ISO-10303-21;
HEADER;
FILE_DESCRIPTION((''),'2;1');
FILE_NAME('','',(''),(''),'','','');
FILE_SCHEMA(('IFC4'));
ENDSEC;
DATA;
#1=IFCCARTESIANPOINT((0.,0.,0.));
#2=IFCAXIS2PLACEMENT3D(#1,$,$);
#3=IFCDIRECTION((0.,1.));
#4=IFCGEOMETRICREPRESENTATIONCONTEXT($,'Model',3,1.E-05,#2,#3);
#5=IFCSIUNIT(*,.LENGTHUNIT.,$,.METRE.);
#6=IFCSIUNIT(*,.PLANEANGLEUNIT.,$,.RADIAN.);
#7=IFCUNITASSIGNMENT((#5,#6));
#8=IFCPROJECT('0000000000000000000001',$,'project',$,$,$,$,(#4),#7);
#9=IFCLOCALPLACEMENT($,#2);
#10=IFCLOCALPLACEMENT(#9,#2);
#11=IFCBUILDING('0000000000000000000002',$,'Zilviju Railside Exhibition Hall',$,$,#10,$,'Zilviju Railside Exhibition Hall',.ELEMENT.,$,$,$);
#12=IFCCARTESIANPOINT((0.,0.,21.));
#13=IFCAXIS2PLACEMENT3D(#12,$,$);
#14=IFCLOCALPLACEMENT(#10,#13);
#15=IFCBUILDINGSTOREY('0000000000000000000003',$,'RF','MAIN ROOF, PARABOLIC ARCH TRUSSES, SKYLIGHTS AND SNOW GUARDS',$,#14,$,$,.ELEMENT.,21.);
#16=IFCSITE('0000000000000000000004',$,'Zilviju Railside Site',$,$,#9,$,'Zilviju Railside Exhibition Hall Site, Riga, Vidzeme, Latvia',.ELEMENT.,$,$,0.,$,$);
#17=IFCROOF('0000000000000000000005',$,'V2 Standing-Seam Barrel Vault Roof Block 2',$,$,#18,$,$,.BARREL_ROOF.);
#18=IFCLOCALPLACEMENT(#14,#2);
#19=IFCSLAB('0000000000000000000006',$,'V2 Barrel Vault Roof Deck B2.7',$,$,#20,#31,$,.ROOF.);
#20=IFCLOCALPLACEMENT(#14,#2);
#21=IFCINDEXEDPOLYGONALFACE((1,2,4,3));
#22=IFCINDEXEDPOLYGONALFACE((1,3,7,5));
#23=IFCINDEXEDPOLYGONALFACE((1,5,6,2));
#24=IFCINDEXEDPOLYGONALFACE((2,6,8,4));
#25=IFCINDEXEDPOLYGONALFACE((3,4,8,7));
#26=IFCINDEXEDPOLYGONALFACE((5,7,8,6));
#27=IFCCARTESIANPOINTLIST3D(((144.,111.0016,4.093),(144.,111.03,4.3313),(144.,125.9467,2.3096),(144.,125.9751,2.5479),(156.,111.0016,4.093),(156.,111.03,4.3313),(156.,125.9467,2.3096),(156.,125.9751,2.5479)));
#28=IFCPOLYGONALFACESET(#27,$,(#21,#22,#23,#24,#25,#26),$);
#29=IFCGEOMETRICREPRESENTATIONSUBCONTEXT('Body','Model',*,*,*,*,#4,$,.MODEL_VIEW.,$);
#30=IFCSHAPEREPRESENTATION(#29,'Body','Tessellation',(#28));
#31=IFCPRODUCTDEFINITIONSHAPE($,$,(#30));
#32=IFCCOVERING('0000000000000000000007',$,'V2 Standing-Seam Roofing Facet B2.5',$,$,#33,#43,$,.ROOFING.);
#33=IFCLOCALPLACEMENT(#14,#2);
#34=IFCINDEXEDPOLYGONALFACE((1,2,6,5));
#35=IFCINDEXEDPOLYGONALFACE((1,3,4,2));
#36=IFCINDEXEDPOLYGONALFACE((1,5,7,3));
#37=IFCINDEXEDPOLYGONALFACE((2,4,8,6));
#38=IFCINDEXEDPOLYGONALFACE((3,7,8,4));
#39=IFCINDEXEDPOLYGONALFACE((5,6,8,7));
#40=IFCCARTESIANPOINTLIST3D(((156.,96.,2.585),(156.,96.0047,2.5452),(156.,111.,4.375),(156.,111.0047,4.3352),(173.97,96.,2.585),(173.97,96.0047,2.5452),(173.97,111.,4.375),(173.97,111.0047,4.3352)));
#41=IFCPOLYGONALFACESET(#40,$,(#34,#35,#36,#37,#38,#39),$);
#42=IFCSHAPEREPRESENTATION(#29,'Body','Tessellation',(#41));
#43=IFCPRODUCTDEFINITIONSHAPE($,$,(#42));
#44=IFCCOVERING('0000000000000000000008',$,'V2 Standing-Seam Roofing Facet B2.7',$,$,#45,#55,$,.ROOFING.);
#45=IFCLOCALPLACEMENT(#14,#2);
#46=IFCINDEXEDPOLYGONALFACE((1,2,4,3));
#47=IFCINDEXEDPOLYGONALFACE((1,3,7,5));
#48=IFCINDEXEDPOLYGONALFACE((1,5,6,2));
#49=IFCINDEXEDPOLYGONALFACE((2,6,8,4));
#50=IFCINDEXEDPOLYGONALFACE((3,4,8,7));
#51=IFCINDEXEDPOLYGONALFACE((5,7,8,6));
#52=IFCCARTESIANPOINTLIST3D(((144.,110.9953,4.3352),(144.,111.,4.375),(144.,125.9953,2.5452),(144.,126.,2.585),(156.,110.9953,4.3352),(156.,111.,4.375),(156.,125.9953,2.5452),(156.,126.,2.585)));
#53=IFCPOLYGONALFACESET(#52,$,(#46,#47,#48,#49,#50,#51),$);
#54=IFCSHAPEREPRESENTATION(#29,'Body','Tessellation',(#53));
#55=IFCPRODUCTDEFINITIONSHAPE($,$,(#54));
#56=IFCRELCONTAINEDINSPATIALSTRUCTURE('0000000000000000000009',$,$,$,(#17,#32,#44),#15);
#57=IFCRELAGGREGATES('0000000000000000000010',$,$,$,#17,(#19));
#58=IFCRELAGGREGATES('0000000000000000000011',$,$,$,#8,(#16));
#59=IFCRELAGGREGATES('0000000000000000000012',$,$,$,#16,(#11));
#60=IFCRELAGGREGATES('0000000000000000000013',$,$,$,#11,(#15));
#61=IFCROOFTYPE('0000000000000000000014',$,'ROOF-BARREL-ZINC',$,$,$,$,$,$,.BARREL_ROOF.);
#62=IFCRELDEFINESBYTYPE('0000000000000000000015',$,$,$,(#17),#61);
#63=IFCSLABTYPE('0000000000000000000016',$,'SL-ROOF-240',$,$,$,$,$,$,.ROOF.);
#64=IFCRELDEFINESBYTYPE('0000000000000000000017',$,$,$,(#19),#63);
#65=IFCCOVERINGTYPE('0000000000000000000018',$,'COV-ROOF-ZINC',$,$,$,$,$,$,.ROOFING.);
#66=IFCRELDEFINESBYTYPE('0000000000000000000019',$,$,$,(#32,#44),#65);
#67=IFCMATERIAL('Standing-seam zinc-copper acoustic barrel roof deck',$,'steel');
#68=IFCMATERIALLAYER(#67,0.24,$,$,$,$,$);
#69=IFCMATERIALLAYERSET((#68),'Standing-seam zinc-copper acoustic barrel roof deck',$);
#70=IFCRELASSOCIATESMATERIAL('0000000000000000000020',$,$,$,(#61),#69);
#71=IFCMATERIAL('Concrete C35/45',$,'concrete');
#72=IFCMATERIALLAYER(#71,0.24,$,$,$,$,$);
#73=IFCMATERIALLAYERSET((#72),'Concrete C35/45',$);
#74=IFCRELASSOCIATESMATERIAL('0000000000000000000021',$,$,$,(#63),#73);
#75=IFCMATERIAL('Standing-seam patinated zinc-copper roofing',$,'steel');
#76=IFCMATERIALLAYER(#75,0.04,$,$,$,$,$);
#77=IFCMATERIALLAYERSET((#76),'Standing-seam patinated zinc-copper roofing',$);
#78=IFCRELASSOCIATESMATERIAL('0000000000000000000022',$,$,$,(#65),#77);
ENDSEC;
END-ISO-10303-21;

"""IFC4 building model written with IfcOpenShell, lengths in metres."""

from ifc_helpers import new_model, si_unit, direction, frame, origin, place, context, subcontext, project, spatial, polyline, outline, extrude, material, layer, layer_set, type_object, element, aggregate, save


model = new_model("IFC4")

# Units and contexts
model_context = context("Model", 3, precision=1e-05, world=origin(), true_north=direction((0.0, 1.0)))
body_context = subcontext(model_context, "Body", "Model", "MODEL_VIEW")
ifc_project = project(units=[si_unit("LENGTHUNIT", "METRE"), si_unit("PLANEANGLEUNIT", "RADIAN")], contexts=[model_context])

# Site, building, storey
site_placement = place(None, origin())
site = spatial("IfcSite", under=ifc_project, at=site_placement, Name="Zilviju Railside Site", LongName="Zilviju Railside Exhibition Hall Site, Riga, Vidzeme, Latvia", CompositionType="ELEMENT", RefElevation=0.0)
building_placement = place(site_placement, origin())
building = spatial("IfcBuilding", under=site, at=building_placement, Name="Zilviju Railside Exhibition Hall", LongName="Zilviju Railside Exhibition Hall", CompositionType="ELEMENT")
storey_placement = place(building_placement, frame((0.0, 0.0, 21.0)))
storey = spatial("IfcBuildingStorey", under=building, at=storey_placement, Name="RF", Description="MAIN ROOF, PARABOLIC ARCH TRUSSES, SKYLIGHTS AND SNOW GUARDS", CompositionType="ELEMENT", Elevation=21.0)

# Roof, slab
ifc_material_1 = material(Name="Standing-seam zinc-copper acoustic barrel roof deck", Category="steel")
ifc_layer_1 = layer(ifc_material_1, 0.24)
ifc_layer_set_1 = layer_set([ifc_layer_1], Name="Standing-seam zinc-copper acoustic barrel roof deck")
roof_type = type_object("IfcRoofType", Name="ROOF-BARREL-ZINC", PredefinedType="BARREL_ROOF", material=ifc_layer_set_1)
roof_placement = place(storey_placement, origin())
roof = element("IfcRoof", 1, at=roof_placement, inside=storey, type_object=roof_type, Name="V2 Standing-Seam Barrel Vault Roof Block 2", PredefinedType="BARREL_ROOF")
ifc_material_2 = material(Name="Concrete C35/45", Category="concrete")
ifc_layer_2 = layer(ifc_material_2, 0.24)
ifc_layer_set_2 = layer_set([ifc_layer_2], Name="Concrete C35/45")
slab_type = type_object("IfcSlabType", Name="SL-ROOF-240", PredefinedType="ROOF", material=ifc_layer_set_2)
slab_1_placement = place(storey_placement, frame((144.0, 111.03, 4.3313), z_axis=(0.0, 0.118493, 0.992955), x_axis=(1.0, 0.0, 0.0)))
slab_1 = element("IfcSlab", 2, at=slab_1_placement, type_object=slab_type, Name="V2 Barrel Vault Roof Deck B2.7", PredefinedType="ROOF", context=body_context, shape_type="SweptSolid", body=[
    extrude(outline(polyline([(0.0, 0.0), (12.0, 0.0), (12.0, 15.0511), (0.0, 15.0511), (0.0, 0.0)])), origin(), (0.0, 0.0, -1.0), 0.24),
])
aggregate(roof, [slab_1])

# Coverings
ifc_material_3 = material(Name="Standing-seam patinated zinc-copper roofing", Category="steel")
ifc_layer_3 = layer(ifc_material_3, 0.04)
ifc_layer_set_3 = layer_set([ifc_layer_3], Name="Standing-seam patinated zinc-copper roofing")
covering_type = type_object("IfcCoveringType", Name="COV-ROOF-ZINC", PredefinedType="ROOFING", material=ifc_layer_set_3)
covering_1_placement = place(storey_placement, frame((156.0, 96.0, 2.585), z_axis=(0.0, -0.118495, 0.992955), x_axis=(1.0, 0.0, 0.0)))
element("IfcCovering", 3, at=covering_1_placement, inside=storey, type_object=covering_type, Name="V2 Standing-Seam Roofing Facet B2.5", PredefinedType="ROOFING", context=body_context, shape_type="SweptSolid", body=[
    extrude(outline(polyline([(0.0, 0.0), (17.97, 0.0), (17.97, 15.1064), (0.0, 15.1064), (0.0, 0.0)])), origin(), (0.0, 0.0, -1.0), 0.04),
])
covering_2_placement = place(storey_placement, frame((144.0, 111.0, 4.375), z_axis=(0.0, 0.118495, 0.992955), x_axis=(1.0, 0.0, 0.0)))
element("IfcCovering", 4, at=covering_2_placement, inside=storey, type_object=covering_type, Name="V2 Standing-Seam Roofing Facet B2.7", PredefinedType="ROOFING", context=body_context, shape_type="SweptSolid", body=[
    extrude(outline(polyline([(0.0, 0.0), (12.0, 0.0), (12.0, 15.1064), (0.0, 15.1064), (0.0, 0.0)])), origin(), (0.0, 0.0, -1.0), 0.04),
])

save(model, "model.ifc")
